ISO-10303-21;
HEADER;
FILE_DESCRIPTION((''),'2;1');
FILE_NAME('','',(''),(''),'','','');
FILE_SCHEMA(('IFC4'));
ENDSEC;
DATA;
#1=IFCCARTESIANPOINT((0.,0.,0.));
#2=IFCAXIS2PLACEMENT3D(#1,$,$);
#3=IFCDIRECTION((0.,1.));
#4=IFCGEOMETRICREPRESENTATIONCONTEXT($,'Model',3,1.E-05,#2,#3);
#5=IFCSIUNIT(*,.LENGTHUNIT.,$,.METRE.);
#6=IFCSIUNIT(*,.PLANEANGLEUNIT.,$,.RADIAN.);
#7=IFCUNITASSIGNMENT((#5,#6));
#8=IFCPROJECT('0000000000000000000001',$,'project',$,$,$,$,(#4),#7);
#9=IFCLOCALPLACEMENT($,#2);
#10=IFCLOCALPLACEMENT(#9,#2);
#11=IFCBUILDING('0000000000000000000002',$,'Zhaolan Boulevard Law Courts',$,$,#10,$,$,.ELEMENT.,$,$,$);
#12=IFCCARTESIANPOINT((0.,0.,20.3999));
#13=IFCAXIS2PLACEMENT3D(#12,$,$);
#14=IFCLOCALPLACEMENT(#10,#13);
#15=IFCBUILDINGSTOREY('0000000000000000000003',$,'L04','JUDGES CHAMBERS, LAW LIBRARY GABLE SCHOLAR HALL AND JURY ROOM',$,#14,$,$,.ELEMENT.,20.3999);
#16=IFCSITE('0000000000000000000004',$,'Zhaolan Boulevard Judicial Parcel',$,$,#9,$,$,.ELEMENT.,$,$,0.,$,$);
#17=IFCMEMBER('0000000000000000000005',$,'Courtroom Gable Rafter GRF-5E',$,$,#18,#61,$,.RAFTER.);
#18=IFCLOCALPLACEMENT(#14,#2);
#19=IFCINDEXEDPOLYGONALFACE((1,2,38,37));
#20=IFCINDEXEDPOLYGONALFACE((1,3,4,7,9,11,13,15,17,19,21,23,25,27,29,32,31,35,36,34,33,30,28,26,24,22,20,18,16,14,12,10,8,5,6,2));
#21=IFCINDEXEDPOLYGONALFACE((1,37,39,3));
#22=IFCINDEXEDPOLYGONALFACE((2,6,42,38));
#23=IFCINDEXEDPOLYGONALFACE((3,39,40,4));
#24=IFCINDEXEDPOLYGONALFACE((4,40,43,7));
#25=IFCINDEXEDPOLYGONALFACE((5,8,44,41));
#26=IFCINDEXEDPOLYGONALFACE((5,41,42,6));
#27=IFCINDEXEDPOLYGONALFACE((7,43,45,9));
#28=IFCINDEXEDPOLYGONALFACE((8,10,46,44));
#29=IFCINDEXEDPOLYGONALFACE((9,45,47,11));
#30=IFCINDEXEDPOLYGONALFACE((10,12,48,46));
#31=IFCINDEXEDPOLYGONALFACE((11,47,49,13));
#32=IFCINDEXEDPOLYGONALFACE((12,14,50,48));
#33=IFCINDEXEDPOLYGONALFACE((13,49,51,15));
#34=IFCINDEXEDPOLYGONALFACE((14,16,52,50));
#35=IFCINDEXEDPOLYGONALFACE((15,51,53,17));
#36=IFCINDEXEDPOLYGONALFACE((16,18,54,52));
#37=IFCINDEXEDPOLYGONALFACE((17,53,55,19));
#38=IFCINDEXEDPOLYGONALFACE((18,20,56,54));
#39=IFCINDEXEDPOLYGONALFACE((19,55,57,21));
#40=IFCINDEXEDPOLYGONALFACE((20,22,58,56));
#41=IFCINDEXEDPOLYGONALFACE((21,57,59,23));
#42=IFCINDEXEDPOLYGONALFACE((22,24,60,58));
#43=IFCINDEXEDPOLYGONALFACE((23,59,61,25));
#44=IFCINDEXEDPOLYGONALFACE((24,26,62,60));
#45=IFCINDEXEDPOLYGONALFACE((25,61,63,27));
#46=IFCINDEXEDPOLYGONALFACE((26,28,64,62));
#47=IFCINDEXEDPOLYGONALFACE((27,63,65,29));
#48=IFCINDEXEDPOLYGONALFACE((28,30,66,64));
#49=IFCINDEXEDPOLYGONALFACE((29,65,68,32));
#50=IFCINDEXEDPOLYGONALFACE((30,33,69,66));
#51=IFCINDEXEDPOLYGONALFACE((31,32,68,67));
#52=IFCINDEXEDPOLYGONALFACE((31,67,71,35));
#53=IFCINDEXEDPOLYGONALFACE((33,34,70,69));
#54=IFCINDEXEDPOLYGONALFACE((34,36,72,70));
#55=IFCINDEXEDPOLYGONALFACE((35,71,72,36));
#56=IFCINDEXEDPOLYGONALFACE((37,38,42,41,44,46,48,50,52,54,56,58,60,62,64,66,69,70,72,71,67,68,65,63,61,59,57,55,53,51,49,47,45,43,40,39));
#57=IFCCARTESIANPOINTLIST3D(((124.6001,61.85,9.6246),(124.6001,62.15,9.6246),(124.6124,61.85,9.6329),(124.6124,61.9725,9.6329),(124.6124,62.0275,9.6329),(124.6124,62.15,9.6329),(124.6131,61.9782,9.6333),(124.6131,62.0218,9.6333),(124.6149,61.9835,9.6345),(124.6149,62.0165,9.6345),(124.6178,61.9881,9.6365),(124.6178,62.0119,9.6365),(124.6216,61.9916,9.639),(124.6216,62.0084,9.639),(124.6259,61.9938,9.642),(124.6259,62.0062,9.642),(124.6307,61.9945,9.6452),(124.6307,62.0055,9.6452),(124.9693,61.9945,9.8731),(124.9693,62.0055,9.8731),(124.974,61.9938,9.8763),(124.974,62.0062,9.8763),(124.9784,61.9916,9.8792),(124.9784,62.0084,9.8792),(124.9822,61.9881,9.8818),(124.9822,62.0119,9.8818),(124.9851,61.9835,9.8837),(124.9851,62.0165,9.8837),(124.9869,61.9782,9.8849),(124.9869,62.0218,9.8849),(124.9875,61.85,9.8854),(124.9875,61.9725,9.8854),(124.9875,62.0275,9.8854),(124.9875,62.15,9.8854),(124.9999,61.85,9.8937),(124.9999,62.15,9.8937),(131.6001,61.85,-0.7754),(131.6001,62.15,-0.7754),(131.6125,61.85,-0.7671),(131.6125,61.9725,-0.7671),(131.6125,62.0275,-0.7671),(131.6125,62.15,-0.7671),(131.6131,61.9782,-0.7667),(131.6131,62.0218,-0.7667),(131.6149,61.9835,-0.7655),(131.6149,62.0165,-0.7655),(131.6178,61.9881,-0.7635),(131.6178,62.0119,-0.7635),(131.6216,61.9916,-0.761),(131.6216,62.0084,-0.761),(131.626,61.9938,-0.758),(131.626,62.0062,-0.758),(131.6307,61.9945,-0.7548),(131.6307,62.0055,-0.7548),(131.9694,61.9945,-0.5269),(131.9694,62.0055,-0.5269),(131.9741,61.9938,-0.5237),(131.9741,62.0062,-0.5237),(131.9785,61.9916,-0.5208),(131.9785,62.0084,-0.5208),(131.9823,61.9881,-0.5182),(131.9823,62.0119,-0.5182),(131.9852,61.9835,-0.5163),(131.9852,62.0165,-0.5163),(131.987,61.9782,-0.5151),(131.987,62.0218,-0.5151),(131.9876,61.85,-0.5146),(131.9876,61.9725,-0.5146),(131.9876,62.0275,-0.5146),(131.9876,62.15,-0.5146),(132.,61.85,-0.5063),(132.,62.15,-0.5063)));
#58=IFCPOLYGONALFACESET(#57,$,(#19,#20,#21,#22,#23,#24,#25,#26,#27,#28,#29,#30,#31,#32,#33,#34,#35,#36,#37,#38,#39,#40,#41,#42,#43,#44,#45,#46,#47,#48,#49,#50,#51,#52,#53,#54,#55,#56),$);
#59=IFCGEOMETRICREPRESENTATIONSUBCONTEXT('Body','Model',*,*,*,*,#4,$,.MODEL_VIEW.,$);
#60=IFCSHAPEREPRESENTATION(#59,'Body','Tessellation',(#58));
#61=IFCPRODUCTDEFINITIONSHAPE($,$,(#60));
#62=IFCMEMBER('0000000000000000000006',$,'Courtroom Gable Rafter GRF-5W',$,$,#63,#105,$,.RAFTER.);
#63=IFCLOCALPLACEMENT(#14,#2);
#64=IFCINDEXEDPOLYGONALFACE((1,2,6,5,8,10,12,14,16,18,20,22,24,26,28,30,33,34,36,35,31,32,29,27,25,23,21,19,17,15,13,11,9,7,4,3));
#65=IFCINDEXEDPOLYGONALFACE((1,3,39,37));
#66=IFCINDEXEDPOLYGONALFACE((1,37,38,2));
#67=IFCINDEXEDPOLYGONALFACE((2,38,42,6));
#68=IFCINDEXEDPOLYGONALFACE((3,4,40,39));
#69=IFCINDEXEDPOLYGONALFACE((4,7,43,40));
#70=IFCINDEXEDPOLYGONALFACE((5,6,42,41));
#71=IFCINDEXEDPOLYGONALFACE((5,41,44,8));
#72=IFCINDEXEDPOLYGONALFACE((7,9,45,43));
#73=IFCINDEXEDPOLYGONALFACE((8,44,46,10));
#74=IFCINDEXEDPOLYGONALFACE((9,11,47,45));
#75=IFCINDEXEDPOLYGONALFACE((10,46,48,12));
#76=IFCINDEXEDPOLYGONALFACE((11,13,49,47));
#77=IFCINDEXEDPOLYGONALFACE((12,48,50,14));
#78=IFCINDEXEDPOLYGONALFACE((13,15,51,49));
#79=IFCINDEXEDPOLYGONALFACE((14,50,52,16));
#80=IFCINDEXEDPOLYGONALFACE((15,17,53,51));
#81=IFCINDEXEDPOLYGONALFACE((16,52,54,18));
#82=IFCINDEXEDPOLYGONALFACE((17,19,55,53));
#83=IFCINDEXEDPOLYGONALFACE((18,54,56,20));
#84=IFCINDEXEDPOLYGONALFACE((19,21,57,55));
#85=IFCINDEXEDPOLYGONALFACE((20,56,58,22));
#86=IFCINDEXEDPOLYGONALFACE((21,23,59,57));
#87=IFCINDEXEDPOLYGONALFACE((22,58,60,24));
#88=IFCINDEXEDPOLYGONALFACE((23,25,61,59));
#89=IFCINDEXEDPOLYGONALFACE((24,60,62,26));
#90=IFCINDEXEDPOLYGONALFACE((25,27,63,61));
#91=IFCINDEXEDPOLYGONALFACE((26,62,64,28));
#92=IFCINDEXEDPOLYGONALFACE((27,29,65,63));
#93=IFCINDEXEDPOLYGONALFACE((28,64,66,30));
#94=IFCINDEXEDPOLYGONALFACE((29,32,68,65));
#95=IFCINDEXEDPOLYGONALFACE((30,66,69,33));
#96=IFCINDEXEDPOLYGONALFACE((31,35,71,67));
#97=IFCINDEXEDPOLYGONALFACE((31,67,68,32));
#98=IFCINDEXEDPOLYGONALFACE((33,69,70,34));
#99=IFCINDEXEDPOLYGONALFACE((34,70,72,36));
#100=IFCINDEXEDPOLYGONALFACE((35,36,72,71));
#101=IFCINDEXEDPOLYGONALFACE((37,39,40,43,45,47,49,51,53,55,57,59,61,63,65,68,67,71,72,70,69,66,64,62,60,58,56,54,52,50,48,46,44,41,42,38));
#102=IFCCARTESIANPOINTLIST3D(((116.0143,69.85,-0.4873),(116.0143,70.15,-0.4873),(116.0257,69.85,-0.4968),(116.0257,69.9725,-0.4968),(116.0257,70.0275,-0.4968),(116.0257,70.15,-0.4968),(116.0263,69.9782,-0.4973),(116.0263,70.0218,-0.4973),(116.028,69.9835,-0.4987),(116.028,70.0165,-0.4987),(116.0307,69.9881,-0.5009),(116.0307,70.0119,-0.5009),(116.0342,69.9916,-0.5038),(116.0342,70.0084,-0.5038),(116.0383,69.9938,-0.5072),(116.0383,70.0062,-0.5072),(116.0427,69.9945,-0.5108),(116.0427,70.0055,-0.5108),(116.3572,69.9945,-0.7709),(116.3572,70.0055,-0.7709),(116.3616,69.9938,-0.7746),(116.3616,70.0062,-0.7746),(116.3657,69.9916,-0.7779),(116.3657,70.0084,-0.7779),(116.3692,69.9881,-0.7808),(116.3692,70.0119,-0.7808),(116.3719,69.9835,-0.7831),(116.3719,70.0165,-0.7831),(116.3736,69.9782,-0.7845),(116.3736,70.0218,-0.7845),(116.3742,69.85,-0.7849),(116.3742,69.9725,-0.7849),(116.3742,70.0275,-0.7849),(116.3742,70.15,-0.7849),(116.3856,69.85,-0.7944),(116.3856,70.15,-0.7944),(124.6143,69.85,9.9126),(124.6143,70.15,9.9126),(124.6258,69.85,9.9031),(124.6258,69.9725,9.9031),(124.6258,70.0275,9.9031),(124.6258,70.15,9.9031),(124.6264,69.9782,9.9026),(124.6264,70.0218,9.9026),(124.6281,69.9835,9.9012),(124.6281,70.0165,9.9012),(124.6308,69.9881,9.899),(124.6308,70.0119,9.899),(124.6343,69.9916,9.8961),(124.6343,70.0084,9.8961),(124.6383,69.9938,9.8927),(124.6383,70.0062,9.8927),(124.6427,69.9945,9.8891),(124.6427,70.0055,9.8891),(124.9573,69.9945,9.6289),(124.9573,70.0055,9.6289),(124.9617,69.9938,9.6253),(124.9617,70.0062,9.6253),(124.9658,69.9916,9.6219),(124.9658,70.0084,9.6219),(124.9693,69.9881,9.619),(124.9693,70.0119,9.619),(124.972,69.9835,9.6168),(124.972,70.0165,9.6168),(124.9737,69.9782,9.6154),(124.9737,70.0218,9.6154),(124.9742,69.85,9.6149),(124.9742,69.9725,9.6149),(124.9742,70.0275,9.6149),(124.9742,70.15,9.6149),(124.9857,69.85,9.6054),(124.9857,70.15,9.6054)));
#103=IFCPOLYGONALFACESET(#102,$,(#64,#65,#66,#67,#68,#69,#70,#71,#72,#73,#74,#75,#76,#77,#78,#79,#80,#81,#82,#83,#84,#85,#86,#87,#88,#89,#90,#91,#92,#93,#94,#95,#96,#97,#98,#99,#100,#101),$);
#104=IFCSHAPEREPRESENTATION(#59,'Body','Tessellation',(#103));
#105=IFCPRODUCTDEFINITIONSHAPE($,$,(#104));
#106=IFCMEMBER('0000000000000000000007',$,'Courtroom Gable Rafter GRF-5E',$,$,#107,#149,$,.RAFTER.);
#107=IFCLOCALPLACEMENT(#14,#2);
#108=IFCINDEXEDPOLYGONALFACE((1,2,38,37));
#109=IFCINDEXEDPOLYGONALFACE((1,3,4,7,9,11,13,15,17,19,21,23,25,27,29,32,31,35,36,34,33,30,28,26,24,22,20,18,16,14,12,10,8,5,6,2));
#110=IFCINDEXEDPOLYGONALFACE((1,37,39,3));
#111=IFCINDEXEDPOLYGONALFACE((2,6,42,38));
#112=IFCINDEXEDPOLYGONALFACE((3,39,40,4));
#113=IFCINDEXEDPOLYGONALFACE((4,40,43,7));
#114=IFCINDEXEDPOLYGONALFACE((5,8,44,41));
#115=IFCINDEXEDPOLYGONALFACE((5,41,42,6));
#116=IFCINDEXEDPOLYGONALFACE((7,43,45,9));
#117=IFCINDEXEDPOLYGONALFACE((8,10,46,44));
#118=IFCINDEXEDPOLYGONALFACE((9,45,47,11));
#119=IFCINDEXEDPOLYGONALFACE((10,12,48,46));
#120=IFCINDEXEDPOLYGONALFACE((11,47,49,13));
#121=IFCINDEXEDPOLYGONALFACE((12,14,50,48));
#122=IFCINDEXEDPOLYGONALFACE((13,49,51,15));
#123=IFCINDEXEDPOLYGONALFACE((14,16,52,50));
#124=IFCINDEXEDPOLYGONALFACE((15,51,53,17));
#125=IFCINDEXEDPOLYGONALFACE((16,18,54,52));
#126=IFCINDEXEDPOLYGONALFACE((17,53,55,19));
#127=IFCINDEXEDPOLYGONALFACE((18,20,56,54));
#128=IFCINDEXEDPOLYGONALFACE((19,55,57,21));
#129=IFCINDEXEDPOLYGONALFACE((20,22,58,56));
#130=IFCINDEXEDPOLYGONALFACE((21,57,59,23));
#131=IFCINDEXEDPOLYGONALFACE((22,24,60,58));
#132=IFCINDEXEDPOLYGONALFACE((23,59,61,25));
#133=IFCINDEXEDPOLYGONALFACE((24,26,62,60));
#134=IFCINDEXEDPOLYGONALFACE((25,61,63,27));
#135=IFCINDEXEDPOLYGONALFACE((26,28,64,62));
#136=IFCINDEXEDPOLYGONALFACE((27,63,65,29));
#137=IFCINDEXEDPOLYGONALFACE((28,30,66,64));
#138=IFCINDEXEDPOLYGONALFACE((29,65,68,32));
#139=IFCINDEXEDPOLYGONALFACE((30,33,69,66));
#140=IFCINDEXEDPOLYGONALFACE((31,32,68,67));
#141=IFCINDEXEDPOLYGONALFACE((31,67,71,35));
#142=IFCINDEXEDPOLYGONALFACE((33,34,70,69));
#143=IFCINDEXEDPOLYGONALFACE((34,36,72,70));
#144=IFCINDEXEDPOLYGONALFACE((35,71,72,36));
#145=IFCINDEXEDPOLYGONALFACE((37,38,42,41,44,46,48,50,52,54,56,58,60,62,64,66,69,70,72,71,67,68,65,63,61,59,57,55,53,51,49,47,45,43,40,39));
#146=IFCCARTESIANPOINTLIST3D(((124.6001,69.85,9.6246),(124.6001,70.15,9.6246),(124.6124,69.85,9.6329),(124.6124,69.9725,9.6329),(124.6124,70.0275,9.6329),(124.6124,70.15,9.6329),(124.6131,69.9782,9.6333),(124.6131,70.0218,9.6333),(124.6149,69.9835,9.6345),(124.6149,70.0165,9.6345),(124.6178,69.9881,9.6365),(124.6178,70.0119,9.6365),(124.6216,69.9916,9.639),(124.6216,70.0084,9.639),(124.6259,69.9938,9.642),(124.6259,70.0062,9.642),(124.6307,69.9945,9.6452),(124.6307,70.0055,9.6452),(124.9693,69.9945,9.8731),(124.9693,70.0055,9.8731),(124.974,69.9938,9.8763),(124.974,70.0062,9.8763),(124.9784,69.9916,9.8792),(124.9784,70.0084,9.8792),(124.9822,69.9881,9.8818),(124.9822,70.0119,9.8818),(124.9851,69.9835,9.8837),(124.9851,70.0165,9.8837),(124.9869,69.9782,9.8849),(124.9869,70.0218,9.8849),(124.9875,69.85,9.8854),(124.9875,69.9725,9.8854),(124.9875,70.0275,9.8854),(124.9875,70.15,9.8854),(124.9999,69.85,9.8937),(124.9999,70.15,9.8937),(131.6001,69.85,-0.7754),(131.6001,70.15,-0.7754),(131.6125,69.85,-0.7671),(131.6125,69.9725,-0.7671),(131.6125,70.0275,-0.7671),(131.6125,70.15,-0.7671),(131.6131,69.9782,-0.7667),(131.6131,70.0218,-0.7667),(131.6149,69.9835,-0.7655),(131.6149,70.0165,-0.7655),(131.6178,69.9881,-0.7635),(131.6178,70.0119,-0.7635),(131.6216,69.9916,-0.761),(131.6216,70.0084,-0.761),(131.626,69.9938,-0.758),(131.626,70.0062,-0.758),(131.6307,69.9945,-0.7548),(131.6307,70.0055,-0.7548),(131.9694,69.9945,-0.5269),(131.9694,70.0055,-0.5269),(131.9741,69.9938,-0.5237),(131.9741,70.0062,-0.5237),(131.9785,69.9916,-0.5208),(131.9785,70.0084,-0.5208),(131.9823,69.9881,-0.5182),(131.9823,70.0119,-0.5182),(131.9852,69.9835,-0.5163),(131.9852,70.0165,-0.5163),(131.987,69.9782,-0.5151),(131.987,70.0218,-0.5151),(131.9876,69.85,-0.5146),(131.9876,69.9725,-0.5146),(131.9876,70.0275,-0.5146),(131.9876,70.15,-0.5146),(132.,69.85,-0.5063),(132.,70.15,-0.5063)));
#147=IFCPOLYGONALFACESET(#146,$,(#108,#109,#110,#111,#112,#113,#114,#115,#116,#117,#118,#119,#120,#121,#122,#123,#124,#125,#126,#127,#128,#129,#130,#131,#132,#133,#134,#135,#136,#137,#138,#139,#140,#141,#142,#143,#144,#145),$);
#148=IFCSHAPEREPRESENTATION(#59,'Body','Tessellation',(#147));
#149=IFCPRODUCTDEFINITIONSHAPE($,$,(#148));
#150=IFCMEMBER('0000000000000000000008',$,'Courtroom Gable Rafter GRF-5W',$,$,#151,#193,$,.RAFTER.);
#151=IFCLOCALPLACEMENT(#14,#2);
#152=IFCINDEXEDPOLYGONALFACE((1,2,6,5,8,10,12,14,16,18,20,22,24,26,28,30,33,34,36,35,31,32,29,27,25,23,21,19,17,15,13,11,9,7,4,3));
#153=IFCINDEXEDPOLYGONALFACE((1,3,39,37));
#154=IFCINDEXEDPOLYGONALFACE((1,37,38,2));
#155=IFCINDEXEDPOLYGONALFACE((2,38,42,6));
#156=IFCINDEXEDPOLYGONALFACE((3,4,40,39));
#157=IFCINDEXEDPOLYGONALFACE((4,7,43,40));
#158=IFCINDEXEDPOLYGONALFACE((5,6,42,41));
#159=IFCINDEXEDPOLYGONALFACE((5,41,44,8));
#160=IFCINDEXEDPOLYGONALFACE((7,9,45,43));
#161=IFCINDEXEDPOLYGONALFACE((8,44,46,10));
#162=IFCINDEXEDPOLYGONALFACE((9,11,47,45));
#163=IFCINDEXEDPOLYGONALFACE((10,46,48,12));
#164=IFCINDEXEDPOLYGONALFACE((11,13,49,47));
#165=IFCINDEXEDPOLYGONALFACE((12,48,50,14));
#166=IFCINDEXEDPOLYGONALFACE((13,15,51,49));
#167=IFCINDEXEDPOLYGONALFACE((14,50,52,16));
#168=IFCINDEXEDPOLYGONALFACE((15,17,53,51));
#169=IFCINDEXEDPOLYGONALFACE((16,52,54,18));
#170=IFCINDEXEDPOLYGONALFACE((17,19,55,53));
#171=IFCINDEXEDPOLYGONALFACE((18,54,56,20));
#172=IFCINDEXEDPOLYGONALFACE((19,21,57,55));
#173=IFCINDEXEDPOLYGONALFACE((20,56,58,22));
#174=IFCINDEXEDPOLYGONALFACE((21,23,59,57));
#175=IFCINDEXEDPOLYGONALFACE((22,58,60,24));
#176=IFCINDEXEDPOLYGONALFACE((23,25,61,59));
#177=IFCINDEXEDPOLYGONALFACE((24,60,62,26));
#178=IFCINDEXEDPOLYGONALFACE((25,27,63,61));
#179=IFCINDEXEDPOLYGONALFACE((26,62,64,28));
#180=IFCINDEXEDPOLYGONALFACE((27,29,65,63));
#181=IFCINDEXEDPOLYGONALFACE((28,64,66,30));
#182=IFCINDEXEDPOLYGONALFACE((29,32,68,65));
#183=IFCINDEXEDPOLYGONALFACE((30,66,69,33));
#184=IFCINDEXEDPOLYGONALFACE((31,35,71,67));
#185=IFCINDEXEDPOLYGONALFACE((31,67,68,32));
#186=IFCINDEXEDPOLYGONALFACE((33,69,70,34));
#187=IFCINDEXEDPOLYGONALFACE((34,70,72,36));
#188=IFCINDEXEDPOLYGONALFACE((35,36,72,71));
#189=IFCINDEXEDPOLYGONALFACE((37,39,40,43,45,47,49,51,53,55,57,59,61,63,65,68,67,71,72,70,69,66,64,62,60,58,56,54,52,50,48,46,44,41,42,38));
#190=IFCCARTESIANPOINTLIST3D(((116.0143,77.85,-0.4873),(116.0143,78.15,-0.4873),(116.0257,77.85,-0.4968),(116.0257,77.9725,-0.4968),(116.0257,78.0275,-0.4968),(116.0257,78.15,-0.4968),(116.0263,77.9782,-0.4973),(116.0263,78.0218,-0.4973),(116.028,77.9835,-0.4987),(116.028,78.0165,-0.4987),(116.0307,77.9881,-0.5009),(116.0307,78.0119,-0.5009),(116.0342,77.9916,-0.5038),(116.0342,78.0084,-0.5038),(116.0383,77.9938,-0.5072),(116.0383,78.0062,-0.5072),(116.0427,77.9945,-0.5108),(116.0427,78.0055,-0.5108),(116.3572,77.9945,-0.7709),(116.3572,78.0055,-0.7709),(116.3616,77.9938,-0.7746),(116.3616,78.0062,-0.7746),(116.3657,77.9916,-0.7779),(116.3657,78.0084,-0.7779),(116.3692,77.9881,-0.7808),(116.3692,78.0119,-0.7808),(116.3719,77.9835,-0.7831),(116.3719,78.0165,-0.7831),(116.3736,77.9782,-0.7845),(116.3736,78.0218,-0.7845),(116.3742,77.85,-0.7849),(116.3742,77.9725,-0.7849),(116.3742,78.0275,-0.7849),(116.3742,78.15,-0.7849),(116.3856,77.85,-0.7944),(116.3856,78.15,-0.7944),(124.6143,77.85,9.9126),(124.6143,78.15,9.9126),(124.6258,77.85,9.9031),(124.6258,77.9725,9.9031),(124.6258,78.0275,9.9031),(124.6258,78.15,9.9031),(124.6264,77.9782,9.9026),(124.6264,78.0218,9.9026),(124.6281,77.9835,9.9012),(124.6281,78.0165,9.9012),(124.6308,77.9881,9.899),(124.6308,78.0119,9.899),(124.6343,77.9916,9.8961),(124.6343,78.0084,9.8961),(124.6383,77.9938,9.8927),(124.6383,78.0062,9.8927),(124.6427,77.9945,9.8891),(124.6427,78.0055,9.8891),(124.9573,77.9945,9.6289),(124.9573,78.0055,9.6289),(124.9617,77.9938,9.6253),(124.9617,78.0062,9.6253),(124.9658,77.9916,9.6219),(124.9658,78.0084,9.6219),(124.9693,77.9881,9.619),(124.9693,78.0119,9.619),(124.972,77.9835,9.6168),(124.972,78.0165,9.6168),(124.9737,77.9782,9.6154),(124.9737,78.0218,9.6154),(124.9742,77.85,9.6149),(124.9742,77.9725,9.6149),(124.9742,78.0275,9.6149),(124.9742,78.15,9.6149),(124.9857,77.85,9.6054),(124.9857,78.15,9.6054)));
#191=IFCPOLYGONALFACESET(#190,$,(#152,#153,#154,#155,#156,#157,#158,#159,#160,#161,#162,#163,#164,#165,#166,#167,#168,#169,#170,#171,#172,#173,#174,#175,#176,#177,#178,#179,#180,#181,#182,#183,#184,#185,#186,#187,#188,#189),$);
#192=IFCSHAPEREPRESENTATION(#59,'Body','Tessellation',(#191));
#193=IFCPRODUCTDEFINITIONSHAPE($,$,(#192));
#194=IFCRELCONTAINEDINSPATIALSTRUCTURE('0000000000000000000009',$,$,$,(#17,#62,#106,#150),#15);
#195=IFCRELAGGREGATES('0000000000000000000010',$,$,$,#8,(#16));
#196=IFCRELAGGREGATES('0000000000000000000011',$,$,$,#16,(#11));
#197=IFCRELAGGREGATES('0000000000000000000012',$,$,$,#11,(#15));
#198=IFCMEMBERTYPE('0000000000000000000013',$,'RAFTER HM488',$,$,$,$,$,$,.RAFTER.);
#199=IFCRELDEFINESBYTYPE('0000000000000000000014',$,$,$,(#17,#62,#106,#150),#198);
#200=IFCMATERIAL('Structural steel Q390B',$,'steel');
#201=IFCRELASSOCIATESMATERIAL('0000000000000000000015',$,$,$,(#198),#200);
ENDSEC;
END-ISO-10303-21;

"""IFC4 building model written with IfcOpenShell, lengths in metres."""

from ifc_helpers import new_model, si_unit, direction, frame, origin, origin_2d, place, context, subcontext, project, spatial, i_section, extrude, material, material_profile, profile_set, type_object, element, save


model = new_model("IFC4")

# Units and contexts
model_context = context("Model", 3, precision=1e-05, world=origin(), true_north=direction((0.0, 1.0)))
body_context = subcontext(model_context, "Body", "Model", "MODEL_VIEW")
ifc_project = project(units=[si_unit("LENGTHUNIT", "METRE"), si_unit("PLANEANGLEUNIT", "RADIAN")], contexts=[model_context])

# Site, building, storey
site_placement = place(None, origin())
site = spatial("IfcSite", under=ifc_project, at=site_placement, Name="Zhaolan Boulevard Judicial Parcel", CompositionType="ELEMENT", RefElevation=0.0)
building_placement = place(site_placement, origin())
building = spatial("IfcBuilding", under=site, at=building_placement, Name="Zhaolan Boulevard Law Courts", CompositionType="ELEMENT")
storey_placement = place(building_placement, frame((0.0, 0.0, 20.3999)))
storey = spatial("IfcBuildingStorey", under=building, at=storey_placement, Name="L04", Description="JUDGES CHAMBERS, LAW LIBRARY GABLE SCHOLAR HALL AND JURY ROOM", CompositionType="ELEMENT", Elevation=20.3999)

# Members
ifc_material_1 = material(Name="Structural steel Q390B", Category="steel")
ifc_material_profile_1 = material_profile(ifc_material_1, i_section(OverallWidth=0.3, OverallDepth=0.4819, WebThickness=0.011, FlangeThickness=0.0149, FilletRadius=0.022, at=origin_2d()), Name="HM482x300")
ifc_profile_set_1 = profile_set([ifc_material_profile_1], Name="Structural steel Q390B")
member_type_1 = type_object("IfcMemberType", Name="RAFTER HM488", PredefinedType="RAFTER", material=ifc_profile_set_1)
member_1_placement = place(storey_placement, frame((131.8, 62.0, -0.6409), z_axis=(-0.55838, 0.0, 0.829585), x_axis=(0.0, -1.0, 0.0)))
element("IfcMember", 1, at=member_1_placement, inside=storey, type_object=member_type_1, Name="Courtroom Gable Rafter GRF-5E", PredefinedType="RAFTER", context=body_context, shape_type="SweptSolid", body=[
    extrude(i_section(OverallWidth=0.3, OverallDepth=0.4819, WebThickness=0.011, FlangeThickness=0.0149, FilletRadius=0.022, at=origin_2d()), origin(), (0.0, 0.0, 1.0), 12.5364),
])
member_2_placement = place(storey_placement, frame((116.2, 70.0, -0.6409), z_axis=(0.637272, 0.0, 0.770639), x_axis=(0.0, 1.0, 0.0)))
element("IfcMember", 2, at=member_2_placement, inside=storey, type_object=member_type_1, Name="Courtroom Gable Rafter GRF-5W", PredefinedType="RAFTER", context=body_context, shape_type="SweptSolid", body=[
    extrude(i_section(OverallWidth=0.3, OverallDepth=0.4819, WebThickness=0.011, FlangeThickness=0.0149, FilletRadius=0.022, at=origin_2d()), origin(), (0.0, 0.0, 1.0), 13.4951),
])
member_3_placement = place(storey_placement, frame((131.8, 70.0, -0.6409), z_axis=(-0.55838, 0.0, 0.829585), x_axis=(0.0, -1.0, 0.0)))
element("IfcMember", 3, at=member_3_placement, inside=storey, type_object=member_type_1, Name="Courtroom Gable Rafter GRF-5E", PredefinedType="RAFTER", context=body_context, shape_type="SweptSolid", body=[
    extrude(i_section(OverallWidth=0.3, OverallDepth=0.4819, WebThickness=0.011, FlangeThickness=0.0149, FilletRadius=0.022, at=origin_2d()), origin(), (0.0, 0.0, 1.0), 12.5364),
])
member_4_placement = place(storey_placement, frame((116.2, 78.0, -0.6409), z_axis=(0.637272, 0.0, 0.770639), x_axis=(0.0, 1.0, 0.0)))
element("IfcMember", 4, at=member_4_placement, inside=storey, type_object=member_type_1, Name="Courtroom Gable Rafter GRF-5W", PredefinedType="RAFTER", context=body_context, shape_type="SweptSolid", body=[
    extrude(i_section(OverallWidth=0.3, OverallDepth=0.4819, WebThickness=0.011, FlangeThickness=0.0149, FilletRadius=0.022, at=origin_2d()), origin(), (0.0, 0.0, 1.0), 13.4951),
])

save(model, "model.ifc")
